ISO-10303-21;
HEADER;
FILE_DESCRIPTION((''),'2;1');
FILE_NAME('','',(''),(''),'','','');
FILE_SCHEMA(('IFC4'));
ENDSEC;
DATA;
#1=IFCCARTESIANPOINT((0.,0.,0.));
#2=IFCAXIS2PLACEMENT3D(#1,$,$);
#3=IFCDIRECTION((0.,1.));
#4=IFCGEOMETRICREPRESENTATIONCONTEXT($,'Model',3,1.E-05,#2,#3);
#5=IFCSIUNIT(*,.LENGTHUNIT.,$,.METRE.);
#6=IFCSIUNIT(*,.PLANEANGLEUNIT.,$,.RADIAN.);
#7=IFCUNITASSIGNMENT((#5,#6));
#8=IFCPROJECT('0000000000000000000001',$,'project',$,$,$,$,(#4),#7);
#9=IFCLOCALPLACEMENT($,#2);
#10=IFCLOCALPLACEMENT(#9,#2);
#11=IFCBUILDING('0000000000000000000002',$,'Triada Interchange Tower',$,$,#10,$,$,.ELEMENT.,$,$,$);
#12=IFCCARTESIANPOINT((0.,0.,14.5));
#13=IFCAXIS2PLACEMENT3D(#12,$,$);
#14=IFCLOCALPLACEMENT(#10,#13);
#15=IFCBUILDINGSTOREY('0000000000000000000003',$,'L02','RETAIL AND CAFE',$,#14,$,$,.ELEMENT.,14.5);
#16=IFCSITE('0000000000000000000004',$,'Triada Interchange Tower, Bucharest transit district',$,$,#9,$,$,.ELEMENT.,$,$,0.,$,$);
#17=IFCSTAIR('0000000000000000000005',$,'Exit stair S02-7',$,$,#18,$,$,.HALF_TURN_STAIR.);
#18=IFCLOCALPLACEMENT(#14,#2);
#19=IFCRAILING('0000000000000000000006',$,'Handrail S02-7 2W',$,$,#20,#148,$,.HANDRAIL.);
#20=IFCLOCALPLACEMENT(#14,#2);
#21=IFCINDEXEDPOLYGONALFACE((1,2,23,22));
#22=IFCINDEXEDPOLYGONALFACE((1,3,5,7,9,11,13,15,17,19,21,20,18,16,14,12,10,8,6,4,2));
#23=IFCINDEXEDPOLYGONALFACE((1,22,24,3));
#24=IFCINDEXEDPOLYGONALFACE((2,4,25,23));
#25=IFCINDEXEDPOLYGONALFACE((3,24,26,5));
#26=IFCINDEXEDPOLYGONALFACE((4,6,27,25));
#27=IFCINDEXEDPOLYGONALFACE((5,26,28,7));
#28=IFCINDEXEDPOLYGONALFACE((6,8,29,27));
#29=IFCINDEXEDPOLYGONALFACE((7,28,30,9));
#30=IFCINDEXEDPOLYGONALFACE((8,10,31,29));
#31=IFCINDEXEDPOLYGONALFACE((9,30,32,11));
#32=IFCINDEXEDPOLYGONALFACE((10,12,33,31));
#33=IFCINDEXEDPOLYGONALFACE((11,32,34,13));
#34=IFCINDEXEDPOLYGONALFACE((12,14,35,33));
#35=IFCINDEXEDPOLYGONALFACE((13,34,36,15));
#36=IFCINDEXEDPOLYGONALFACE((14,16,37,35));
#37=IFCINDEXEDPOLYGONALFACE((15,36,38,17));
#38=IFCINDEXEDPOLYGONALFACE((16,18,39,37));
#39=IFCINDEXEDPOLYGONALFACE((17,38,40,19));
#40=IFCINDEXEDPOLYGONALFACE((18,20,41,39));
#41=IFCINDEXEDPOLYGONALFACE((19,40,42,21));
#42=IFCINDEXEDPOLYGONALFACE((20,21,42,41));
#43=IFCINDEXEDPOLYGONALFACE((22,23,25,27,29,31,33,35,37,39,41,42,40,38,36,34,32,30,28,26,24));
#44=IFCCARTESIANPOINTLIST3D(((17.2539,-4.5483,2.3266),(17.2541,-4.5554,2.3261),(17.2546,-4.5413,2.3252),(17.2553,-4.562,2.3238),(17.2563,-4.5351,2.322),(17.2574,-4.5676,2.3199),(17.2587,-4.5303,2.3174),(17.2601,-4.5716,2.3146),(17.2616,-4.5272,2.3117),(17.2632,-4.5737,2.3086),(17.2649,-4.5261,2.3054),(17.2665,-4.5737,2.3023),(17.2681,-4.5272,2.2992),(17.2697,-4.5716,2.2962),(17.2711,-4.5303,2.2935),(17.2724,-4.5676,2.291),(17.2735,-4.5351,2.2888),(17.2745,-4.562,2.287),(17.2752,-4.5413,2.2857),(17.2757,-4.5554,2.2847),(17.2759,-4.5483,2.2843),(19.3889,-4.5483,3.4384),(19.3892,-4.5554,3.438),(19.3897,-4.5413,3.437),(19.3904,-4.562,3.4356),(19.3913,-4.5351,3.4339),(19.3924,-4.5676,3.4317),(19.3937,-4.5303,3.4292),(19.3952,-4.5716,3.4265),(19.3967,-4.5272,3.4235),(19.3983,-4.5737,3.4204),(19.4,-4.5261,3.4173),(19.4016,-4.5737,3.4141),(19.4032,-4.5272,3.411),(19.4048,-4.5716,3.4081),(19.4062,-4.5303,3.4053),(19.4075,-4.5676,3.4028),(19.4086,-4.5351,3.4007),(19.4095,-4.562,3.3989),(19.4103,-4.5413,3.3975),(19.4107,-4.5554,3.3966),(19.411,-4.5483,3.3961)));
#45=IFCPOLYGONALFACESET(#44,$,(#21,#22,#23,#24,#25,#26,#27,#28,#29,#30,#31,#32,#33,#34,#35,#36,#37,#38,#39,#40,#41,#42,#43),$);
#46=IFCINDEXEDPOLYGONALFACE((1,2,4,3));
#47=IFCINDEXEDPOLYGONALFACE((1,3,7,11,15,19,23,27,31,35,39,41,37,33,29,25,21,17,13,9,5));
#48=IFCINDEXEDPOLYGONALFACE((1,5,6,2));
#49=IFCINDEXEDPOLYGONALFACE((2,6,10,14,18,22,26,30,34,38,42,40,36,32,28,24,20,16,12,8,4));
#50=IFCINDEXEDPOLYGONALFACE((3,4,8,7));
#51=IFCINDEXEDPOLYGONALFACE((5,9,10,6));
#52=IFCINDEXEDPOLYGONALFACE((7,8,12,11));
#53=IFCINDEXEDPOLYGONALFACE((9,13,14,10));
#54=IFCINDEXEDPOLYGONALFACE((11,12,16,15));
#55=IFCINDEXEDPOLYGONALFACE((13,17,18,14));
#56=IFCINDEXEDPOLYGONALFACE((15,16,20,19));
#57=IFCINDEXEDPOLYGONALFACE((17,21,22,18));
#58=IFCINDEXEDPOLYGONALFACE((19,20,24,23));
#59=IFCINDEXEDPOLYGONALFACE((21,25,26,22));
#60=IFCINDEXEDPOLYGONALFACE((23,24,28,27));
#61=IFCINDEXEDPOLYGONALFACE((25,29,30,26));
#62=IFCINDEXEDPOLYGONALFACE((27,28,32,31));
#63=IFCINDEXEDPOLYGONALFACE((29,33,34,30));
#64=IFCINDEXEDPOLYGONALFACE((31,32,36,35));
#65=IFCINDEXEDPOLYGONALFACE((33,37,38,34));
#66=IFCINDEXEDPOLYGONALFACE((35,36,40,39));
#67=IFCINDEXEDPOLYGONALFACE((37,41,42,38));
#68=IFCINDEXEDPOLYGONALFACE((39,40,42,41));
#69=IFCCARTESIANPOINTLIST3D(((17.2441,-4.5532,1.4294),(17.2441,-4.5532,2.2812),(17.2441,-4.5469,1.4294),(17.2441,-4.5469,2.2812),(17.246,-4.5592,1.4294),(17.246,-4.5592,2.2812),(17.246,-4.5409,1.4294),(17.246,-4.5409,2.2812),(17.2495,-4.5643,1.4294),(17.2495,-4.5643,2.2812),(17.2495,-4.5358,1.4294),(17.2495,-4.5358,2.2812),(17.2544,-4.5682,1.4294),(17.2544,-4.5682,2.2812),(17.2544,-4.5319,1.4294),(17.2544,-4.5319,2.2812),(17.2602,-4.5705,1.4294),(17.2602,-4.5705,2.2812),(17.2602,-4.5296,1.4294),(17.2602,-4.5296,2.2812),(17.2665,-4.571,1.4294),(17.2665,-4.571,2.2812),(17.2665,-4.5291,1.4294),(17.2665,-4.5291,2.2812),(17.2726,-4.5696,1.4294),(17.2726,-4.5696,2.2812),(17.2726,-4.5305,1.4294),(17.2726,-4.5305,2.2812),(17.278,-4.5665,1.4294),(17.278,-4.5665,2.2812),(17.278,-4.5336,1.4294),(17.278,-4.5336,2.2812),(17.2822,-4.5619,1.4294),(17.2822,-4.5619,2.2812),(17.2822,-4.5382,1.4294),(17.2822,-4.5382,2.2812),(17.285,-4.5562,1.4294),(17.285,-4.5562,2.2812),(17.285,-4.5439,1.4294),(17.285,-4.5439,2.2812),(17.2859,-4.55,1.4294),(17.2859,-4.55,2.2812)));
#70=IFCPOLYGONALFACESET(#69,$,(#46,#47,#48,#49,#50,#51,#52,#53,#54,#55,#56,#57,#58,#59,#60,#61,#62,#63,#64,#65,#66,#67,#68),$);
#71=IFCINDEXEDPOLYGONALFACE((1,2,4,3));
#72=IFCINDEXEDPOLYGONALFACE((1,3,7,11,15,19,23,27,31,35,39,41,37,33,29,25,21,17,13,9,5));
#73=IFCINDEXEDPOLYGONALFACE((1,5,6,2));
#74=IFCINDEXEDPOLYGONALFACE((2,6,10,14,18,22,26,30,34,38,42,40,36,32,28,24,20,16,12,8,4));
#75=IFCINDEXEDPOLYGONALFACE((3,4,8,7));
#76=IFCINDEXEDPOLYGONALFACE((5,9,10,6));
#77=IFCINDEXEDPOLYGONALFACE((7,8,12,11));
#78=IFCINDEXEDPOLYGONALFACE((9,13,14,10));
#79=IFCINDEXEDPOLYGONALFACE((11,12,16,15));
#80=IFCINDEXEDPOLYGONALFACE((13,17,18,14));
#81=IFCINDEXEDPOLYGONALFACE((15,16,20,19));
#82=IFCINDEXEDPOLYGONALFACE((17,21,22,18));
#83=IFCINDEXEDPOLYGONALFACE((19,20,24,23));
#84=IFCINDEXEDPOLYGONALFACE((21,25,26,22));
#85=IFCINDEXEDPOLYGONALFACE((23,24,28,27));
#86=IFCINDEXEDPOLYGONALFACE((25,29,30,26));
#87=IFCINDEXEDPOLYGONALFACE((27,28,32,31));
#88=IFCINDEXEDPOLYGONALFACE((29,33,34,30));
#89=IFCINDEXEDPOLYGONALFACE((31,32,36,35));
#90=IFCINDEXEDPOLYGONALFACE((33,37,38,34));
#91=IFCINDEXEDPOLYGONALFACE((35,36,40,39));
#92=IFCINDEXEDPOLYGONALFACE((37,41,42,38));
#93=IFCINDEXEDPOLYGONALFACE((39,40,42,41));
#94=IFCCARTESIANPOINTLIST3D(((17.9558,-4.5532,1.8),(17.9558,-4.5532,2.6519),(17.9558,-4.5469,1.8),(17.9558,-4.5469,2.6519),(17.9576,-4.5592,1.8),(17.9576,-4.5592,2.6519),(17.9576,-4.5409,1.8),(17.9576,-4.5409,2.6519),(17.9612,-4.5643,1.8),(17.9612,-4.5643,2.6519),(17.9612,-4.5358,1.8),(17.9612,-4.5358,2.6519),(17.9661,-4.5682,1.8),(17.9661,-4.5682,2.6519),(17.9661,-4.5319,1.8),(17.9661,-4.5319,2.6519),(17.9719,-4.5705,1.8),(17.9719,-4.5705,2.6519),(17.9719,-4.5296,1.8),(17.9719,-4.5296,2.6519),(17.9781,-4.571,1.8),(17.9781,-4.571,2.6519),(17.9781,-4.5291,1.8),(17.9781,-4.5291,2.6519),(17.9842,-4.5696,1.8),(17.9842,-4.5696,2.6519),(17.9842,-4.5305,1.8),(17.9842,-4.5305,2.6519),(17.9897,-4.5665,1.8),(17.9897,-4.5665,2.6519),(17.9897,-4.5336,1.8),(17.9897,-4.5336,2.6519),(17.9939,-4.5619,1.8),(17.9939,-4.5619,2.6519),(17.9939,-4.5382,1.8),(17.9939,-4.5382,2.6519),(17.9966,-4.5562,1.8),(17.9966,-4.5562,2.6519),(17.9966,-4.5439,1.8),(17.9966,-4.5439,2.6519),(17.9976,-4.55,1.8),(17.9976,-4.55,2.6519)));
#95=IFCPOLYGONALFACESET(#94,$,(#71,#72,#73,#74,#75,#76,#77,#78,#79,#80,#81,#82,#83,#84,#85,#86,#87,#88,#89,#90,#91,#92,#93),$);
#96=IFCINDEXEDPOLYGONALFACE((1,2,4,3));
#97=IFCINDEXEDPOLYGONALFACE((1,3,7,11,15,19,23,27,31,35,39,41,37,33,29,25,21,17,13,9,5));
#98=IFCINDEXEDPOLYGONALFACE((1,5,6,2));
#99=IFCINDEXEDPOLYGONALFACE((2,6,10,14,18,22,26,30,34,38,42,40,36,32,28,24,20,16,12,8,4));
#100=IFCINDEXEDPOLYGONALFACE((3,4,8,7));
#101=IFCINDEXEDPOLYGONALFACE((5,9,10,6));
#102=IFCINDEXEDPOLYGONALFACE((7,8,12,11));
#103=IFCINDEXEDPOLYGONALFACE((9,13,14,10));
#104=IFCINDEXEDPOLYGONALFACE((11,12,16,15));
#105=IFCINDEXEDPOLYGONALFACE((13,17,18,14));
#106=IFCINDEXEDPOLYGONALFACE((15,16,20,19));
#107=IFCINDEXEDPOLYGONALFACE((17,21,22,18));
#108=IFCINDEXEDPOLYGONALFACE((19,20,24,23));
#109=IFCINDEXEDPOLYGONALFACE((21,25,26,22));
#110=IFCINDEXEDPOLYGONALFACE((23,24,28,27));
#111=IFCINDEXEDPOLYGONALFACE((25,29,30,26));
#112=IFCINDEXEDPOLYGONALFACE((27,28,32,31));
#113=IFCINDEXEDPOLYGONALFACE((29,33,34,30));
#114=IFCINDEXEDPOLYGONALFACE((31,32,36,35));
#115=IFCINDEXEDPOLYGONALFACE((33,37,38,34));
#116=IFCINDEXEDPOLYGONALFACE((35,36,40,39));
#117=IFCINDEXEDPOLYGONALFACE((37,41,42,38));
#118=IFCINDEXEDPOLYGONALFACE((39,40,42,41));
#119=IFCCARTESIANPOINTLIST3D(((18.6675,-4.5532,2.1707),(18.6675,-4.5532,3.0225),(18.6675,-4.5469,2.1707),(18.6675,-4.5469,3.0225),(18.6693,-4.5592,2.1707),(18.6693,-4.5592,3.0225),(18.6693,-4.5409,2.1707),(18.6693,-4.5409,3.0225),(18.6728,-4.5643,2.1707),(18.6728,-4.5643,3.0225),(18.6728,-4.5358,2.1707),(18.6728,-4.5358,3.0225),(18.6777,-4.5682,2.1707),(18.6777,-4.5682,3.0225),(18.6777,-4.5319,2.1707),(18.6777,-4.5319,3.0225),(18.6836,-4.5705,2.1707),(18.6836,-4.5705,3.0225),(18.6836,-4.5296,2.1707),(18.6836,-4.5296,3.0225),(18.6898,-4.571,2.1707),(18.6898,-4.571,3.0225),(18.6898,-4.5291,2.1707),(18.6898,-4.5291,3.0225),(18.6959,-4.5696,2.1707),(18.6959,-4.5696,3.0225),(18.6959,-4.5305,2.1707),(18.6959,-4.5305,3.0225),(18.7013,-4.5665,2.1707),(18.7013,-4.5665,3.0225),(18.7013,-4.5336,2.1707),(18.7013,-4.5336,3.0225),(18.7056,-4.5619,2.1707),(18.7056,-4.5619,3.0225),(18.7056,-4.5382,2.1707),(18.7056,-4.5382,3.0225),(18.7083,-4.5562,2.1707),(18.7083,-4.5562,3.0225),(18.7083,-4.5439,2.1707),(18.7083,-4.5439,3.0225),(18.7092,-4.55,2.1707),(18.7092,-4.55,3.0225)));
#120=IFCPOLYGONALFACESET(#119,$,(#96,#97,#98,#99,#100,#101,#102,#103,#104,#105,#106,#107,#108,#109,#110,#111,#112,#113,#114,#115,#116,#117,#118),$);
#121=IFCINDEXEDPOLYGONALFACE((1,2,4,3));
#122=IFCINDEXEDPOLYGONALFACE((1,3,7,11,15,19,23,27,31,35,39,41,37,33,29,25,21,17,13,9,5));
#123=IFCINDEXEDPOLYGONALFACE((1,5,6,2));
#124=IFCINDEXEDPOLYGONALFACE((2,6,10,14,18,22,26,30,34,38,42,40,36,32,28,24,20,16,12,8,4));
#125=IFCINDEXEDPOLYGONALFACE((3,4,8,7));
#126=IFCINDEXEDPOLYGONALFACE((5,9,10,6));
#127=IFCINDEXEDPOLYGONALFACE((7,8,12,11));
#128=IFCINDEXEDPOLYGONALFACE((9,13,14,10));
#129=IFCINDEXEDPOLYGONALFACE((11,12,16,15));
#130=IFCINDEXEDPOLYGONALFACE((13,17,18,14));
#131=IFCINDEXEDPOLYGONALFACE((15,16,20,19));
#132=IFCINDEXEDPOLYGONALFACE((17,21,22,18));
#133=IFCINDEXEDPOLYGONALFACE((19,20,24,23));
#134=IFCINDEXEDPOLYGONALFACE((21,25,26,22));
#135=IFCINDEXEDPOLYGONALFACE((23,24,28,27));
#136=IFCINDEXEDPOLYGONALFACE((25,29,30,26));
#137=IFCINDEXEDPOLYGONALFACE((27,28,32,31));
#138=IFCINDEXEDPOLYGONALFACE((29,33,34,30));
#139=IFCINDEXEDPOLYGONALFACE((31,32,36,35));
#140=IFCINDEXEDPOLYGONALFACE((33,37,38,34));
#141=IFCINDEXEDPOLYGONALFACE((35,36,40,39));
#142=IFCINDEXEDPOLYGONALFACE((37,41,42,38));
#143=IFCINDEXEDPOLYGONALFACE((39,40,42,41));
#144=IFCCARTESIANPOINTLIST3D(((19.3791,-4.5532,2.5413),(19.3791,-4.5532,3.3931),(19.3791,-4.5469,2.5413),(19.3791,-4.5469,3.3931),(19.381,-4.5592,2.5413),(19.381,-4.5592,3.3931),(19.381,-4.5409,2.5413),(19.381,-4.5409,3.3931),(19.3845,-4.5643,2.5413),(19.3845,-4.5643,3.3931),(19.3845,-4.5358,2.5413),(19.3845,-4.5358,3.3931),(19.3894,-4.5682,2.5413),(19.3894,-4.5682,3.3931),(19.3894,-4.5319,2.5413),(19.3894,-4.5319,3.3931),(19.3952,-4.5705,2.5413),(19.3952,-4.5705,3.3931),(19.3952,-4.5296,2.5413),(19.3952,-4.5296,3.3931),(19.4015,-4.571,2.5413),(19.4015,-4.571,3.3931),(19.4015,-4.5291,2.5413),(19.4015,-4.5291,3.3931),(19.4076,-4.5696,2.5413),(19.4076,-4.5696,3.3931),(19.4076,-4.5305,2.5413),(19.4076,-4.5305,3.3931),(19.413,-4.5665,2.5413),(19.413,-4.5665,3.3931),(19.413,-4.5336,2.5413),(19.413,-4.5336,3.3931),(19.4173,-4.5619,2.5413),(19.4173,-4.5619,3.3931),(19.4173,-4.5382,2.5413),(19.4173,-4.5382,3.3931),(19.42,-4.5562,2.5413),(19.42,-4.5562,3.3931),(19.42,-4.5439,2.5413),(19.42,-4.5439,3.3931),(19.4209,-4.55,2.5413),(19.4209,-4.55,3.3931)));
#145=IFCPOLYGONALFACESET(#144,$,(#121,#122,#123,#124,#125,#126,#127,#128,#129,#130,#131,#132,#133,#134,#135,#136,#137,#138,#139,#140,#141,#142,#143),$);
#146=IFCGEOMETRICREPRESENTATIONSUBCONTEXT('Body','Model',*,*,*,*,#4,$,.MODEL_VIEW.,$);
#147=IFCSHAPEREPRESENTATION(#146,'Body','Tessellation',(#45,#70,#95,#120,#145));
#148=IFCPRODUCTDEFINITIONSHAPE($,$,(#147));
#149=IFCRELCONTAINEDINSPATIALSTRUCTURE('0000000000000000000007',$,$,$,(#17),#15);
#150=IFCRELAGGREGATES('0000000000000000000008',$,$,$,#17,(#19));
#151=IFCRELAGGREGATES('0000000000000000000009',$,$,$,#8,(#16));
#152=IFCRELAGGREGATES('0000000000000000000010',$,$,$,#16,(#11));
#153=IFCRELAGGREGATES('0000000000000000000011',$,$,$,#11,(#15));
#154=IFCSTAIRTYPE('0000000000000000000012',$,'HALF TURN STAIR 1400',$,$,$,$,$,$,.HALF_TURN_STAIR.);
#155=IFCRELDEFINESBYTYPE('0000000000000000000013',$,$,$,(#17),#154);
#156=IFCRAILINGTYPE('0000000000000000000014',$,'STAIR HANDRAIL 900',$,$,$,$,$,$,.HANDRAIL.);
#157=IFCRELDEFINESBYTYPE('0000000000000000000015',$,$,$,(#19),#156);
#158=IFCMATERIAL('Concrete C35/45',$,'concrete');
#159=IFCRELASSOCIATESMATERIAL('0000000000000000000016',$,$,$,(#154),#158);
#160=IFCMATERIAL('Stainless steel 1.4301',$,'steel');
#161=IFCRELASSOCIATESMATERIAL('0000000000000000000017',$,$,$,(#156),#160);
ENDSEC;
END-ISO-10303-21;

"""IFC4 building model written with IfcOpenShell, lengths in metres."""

from ifc_helpers import new_model, si_unit, direction, frame, origin, origin_2d, place, context, subcontext, project, spatial, circle, extrude, material, type_object, element, aggregate, save


model = new_model("IFC4")

# Units and contexts
model_context = context("Model", 3, precision=1e-05, world=origin(), true_north=direction((0.0, 1.0)))
body_context = subcontext(model_context, "Body", "Model", "MODEL_VIEW")
ifc_project = project(units=[si_unit("LENGTHUNIT", "METRE"), si_unit("PLANEANGLEUNIT", "RADIAN")], contexts=[model_context])

# Site, building, storey
site_placement = place(None, origin())
site = spatial("IfcSite", under=ifc_project, at=site_placement, Name="Triada Interchange Tower, Bucharest transit district", CompositionType="ELEMENT", RefElevation=0.0)
building_placement = place(site_placement, origin())
building = spatial("IfcBuilding", under=site, at=building_placement, Name="Triada Interchange Tower", CompositionType="ELEMENT")
storey_placement = place(building_placement, frame((0.0, 0.0, 14.5)))
storey = spatial("IfcBuildingStorey", under=building, at=storey_placement, Name="L02", Description="RETAIL AND CAFE", CompositionType="ELEMENT", Elevation=14.5)

# Shared definitions
ifc_material_1 = material(Name="Concrete C35/45", Category="concrete")

# Stair, railing
stair_type = type_object("IfcStairType", Name="HALF TURN STAIR 1400", PredefinedType="HALF_TURN_STAIR", material=ifc_material_1)
stair_placement = place(storey_placement, origin())
stair = element("IfcStair", 1, at=stair_placement, inside=storey, type_object=stair_type, Name="Exit stair S02-7", PredefinedType="HALF_TURN_STAIR")
ifc_material_2 = material(Name="Stainless steel 1.4301", Category="steel")
railing_type_1 = type_object("IfcRailingType", Name="STAIR HANDRAIL 900", PredefinedType="HANDRAIL", material=ifc_material_2)
railing_1_placement = place(storey_placement, frame((17.2649, -4.55, 1.4294)))
railing_1 = element("IfcRailing", 2, at=railing_1_placement, type_object=railing_type_1, Name="Handrail S02-7 2W", PredefinedType="HANDRAIL", context=body_context, shape_type="SweptSolid", body=[
    extrude(circle(Radius=0.0239, at=origin_2d()), frame((0.0, 0.0, 0.876), z_axis=(0.886943, 0.0, 0.46188), x_axis=(0.0, 1.0, 0.0)), (0.0, 0.0, 1.0), 2.4072),
    extrude(circle(Radius=0.021, at=origin_2d()), origin(), (0.0, 0.0, 1.0), 0.8518),
    extrude(circle(Radius=0.021, at=origin_2d()), frame((0.7117, 0.0, 0.3706)), (0.0, 0.0, 1.0), 0.8518),
    extrude(circle(Radius=0.021, at=origin_2d()), frame((1.4233, 0.0, 0.7412)), (0.0, 0.0, 1.0), 0.8518),
    extrude(circle(Radius=0.021, at=origin_2d()), frame((2.135, 0.0, 1.1118)), (0.0, 0.0, 1.0), 0.8518),
])
aggregate(stair, [railing_1])

save(model, "model.ifc")
